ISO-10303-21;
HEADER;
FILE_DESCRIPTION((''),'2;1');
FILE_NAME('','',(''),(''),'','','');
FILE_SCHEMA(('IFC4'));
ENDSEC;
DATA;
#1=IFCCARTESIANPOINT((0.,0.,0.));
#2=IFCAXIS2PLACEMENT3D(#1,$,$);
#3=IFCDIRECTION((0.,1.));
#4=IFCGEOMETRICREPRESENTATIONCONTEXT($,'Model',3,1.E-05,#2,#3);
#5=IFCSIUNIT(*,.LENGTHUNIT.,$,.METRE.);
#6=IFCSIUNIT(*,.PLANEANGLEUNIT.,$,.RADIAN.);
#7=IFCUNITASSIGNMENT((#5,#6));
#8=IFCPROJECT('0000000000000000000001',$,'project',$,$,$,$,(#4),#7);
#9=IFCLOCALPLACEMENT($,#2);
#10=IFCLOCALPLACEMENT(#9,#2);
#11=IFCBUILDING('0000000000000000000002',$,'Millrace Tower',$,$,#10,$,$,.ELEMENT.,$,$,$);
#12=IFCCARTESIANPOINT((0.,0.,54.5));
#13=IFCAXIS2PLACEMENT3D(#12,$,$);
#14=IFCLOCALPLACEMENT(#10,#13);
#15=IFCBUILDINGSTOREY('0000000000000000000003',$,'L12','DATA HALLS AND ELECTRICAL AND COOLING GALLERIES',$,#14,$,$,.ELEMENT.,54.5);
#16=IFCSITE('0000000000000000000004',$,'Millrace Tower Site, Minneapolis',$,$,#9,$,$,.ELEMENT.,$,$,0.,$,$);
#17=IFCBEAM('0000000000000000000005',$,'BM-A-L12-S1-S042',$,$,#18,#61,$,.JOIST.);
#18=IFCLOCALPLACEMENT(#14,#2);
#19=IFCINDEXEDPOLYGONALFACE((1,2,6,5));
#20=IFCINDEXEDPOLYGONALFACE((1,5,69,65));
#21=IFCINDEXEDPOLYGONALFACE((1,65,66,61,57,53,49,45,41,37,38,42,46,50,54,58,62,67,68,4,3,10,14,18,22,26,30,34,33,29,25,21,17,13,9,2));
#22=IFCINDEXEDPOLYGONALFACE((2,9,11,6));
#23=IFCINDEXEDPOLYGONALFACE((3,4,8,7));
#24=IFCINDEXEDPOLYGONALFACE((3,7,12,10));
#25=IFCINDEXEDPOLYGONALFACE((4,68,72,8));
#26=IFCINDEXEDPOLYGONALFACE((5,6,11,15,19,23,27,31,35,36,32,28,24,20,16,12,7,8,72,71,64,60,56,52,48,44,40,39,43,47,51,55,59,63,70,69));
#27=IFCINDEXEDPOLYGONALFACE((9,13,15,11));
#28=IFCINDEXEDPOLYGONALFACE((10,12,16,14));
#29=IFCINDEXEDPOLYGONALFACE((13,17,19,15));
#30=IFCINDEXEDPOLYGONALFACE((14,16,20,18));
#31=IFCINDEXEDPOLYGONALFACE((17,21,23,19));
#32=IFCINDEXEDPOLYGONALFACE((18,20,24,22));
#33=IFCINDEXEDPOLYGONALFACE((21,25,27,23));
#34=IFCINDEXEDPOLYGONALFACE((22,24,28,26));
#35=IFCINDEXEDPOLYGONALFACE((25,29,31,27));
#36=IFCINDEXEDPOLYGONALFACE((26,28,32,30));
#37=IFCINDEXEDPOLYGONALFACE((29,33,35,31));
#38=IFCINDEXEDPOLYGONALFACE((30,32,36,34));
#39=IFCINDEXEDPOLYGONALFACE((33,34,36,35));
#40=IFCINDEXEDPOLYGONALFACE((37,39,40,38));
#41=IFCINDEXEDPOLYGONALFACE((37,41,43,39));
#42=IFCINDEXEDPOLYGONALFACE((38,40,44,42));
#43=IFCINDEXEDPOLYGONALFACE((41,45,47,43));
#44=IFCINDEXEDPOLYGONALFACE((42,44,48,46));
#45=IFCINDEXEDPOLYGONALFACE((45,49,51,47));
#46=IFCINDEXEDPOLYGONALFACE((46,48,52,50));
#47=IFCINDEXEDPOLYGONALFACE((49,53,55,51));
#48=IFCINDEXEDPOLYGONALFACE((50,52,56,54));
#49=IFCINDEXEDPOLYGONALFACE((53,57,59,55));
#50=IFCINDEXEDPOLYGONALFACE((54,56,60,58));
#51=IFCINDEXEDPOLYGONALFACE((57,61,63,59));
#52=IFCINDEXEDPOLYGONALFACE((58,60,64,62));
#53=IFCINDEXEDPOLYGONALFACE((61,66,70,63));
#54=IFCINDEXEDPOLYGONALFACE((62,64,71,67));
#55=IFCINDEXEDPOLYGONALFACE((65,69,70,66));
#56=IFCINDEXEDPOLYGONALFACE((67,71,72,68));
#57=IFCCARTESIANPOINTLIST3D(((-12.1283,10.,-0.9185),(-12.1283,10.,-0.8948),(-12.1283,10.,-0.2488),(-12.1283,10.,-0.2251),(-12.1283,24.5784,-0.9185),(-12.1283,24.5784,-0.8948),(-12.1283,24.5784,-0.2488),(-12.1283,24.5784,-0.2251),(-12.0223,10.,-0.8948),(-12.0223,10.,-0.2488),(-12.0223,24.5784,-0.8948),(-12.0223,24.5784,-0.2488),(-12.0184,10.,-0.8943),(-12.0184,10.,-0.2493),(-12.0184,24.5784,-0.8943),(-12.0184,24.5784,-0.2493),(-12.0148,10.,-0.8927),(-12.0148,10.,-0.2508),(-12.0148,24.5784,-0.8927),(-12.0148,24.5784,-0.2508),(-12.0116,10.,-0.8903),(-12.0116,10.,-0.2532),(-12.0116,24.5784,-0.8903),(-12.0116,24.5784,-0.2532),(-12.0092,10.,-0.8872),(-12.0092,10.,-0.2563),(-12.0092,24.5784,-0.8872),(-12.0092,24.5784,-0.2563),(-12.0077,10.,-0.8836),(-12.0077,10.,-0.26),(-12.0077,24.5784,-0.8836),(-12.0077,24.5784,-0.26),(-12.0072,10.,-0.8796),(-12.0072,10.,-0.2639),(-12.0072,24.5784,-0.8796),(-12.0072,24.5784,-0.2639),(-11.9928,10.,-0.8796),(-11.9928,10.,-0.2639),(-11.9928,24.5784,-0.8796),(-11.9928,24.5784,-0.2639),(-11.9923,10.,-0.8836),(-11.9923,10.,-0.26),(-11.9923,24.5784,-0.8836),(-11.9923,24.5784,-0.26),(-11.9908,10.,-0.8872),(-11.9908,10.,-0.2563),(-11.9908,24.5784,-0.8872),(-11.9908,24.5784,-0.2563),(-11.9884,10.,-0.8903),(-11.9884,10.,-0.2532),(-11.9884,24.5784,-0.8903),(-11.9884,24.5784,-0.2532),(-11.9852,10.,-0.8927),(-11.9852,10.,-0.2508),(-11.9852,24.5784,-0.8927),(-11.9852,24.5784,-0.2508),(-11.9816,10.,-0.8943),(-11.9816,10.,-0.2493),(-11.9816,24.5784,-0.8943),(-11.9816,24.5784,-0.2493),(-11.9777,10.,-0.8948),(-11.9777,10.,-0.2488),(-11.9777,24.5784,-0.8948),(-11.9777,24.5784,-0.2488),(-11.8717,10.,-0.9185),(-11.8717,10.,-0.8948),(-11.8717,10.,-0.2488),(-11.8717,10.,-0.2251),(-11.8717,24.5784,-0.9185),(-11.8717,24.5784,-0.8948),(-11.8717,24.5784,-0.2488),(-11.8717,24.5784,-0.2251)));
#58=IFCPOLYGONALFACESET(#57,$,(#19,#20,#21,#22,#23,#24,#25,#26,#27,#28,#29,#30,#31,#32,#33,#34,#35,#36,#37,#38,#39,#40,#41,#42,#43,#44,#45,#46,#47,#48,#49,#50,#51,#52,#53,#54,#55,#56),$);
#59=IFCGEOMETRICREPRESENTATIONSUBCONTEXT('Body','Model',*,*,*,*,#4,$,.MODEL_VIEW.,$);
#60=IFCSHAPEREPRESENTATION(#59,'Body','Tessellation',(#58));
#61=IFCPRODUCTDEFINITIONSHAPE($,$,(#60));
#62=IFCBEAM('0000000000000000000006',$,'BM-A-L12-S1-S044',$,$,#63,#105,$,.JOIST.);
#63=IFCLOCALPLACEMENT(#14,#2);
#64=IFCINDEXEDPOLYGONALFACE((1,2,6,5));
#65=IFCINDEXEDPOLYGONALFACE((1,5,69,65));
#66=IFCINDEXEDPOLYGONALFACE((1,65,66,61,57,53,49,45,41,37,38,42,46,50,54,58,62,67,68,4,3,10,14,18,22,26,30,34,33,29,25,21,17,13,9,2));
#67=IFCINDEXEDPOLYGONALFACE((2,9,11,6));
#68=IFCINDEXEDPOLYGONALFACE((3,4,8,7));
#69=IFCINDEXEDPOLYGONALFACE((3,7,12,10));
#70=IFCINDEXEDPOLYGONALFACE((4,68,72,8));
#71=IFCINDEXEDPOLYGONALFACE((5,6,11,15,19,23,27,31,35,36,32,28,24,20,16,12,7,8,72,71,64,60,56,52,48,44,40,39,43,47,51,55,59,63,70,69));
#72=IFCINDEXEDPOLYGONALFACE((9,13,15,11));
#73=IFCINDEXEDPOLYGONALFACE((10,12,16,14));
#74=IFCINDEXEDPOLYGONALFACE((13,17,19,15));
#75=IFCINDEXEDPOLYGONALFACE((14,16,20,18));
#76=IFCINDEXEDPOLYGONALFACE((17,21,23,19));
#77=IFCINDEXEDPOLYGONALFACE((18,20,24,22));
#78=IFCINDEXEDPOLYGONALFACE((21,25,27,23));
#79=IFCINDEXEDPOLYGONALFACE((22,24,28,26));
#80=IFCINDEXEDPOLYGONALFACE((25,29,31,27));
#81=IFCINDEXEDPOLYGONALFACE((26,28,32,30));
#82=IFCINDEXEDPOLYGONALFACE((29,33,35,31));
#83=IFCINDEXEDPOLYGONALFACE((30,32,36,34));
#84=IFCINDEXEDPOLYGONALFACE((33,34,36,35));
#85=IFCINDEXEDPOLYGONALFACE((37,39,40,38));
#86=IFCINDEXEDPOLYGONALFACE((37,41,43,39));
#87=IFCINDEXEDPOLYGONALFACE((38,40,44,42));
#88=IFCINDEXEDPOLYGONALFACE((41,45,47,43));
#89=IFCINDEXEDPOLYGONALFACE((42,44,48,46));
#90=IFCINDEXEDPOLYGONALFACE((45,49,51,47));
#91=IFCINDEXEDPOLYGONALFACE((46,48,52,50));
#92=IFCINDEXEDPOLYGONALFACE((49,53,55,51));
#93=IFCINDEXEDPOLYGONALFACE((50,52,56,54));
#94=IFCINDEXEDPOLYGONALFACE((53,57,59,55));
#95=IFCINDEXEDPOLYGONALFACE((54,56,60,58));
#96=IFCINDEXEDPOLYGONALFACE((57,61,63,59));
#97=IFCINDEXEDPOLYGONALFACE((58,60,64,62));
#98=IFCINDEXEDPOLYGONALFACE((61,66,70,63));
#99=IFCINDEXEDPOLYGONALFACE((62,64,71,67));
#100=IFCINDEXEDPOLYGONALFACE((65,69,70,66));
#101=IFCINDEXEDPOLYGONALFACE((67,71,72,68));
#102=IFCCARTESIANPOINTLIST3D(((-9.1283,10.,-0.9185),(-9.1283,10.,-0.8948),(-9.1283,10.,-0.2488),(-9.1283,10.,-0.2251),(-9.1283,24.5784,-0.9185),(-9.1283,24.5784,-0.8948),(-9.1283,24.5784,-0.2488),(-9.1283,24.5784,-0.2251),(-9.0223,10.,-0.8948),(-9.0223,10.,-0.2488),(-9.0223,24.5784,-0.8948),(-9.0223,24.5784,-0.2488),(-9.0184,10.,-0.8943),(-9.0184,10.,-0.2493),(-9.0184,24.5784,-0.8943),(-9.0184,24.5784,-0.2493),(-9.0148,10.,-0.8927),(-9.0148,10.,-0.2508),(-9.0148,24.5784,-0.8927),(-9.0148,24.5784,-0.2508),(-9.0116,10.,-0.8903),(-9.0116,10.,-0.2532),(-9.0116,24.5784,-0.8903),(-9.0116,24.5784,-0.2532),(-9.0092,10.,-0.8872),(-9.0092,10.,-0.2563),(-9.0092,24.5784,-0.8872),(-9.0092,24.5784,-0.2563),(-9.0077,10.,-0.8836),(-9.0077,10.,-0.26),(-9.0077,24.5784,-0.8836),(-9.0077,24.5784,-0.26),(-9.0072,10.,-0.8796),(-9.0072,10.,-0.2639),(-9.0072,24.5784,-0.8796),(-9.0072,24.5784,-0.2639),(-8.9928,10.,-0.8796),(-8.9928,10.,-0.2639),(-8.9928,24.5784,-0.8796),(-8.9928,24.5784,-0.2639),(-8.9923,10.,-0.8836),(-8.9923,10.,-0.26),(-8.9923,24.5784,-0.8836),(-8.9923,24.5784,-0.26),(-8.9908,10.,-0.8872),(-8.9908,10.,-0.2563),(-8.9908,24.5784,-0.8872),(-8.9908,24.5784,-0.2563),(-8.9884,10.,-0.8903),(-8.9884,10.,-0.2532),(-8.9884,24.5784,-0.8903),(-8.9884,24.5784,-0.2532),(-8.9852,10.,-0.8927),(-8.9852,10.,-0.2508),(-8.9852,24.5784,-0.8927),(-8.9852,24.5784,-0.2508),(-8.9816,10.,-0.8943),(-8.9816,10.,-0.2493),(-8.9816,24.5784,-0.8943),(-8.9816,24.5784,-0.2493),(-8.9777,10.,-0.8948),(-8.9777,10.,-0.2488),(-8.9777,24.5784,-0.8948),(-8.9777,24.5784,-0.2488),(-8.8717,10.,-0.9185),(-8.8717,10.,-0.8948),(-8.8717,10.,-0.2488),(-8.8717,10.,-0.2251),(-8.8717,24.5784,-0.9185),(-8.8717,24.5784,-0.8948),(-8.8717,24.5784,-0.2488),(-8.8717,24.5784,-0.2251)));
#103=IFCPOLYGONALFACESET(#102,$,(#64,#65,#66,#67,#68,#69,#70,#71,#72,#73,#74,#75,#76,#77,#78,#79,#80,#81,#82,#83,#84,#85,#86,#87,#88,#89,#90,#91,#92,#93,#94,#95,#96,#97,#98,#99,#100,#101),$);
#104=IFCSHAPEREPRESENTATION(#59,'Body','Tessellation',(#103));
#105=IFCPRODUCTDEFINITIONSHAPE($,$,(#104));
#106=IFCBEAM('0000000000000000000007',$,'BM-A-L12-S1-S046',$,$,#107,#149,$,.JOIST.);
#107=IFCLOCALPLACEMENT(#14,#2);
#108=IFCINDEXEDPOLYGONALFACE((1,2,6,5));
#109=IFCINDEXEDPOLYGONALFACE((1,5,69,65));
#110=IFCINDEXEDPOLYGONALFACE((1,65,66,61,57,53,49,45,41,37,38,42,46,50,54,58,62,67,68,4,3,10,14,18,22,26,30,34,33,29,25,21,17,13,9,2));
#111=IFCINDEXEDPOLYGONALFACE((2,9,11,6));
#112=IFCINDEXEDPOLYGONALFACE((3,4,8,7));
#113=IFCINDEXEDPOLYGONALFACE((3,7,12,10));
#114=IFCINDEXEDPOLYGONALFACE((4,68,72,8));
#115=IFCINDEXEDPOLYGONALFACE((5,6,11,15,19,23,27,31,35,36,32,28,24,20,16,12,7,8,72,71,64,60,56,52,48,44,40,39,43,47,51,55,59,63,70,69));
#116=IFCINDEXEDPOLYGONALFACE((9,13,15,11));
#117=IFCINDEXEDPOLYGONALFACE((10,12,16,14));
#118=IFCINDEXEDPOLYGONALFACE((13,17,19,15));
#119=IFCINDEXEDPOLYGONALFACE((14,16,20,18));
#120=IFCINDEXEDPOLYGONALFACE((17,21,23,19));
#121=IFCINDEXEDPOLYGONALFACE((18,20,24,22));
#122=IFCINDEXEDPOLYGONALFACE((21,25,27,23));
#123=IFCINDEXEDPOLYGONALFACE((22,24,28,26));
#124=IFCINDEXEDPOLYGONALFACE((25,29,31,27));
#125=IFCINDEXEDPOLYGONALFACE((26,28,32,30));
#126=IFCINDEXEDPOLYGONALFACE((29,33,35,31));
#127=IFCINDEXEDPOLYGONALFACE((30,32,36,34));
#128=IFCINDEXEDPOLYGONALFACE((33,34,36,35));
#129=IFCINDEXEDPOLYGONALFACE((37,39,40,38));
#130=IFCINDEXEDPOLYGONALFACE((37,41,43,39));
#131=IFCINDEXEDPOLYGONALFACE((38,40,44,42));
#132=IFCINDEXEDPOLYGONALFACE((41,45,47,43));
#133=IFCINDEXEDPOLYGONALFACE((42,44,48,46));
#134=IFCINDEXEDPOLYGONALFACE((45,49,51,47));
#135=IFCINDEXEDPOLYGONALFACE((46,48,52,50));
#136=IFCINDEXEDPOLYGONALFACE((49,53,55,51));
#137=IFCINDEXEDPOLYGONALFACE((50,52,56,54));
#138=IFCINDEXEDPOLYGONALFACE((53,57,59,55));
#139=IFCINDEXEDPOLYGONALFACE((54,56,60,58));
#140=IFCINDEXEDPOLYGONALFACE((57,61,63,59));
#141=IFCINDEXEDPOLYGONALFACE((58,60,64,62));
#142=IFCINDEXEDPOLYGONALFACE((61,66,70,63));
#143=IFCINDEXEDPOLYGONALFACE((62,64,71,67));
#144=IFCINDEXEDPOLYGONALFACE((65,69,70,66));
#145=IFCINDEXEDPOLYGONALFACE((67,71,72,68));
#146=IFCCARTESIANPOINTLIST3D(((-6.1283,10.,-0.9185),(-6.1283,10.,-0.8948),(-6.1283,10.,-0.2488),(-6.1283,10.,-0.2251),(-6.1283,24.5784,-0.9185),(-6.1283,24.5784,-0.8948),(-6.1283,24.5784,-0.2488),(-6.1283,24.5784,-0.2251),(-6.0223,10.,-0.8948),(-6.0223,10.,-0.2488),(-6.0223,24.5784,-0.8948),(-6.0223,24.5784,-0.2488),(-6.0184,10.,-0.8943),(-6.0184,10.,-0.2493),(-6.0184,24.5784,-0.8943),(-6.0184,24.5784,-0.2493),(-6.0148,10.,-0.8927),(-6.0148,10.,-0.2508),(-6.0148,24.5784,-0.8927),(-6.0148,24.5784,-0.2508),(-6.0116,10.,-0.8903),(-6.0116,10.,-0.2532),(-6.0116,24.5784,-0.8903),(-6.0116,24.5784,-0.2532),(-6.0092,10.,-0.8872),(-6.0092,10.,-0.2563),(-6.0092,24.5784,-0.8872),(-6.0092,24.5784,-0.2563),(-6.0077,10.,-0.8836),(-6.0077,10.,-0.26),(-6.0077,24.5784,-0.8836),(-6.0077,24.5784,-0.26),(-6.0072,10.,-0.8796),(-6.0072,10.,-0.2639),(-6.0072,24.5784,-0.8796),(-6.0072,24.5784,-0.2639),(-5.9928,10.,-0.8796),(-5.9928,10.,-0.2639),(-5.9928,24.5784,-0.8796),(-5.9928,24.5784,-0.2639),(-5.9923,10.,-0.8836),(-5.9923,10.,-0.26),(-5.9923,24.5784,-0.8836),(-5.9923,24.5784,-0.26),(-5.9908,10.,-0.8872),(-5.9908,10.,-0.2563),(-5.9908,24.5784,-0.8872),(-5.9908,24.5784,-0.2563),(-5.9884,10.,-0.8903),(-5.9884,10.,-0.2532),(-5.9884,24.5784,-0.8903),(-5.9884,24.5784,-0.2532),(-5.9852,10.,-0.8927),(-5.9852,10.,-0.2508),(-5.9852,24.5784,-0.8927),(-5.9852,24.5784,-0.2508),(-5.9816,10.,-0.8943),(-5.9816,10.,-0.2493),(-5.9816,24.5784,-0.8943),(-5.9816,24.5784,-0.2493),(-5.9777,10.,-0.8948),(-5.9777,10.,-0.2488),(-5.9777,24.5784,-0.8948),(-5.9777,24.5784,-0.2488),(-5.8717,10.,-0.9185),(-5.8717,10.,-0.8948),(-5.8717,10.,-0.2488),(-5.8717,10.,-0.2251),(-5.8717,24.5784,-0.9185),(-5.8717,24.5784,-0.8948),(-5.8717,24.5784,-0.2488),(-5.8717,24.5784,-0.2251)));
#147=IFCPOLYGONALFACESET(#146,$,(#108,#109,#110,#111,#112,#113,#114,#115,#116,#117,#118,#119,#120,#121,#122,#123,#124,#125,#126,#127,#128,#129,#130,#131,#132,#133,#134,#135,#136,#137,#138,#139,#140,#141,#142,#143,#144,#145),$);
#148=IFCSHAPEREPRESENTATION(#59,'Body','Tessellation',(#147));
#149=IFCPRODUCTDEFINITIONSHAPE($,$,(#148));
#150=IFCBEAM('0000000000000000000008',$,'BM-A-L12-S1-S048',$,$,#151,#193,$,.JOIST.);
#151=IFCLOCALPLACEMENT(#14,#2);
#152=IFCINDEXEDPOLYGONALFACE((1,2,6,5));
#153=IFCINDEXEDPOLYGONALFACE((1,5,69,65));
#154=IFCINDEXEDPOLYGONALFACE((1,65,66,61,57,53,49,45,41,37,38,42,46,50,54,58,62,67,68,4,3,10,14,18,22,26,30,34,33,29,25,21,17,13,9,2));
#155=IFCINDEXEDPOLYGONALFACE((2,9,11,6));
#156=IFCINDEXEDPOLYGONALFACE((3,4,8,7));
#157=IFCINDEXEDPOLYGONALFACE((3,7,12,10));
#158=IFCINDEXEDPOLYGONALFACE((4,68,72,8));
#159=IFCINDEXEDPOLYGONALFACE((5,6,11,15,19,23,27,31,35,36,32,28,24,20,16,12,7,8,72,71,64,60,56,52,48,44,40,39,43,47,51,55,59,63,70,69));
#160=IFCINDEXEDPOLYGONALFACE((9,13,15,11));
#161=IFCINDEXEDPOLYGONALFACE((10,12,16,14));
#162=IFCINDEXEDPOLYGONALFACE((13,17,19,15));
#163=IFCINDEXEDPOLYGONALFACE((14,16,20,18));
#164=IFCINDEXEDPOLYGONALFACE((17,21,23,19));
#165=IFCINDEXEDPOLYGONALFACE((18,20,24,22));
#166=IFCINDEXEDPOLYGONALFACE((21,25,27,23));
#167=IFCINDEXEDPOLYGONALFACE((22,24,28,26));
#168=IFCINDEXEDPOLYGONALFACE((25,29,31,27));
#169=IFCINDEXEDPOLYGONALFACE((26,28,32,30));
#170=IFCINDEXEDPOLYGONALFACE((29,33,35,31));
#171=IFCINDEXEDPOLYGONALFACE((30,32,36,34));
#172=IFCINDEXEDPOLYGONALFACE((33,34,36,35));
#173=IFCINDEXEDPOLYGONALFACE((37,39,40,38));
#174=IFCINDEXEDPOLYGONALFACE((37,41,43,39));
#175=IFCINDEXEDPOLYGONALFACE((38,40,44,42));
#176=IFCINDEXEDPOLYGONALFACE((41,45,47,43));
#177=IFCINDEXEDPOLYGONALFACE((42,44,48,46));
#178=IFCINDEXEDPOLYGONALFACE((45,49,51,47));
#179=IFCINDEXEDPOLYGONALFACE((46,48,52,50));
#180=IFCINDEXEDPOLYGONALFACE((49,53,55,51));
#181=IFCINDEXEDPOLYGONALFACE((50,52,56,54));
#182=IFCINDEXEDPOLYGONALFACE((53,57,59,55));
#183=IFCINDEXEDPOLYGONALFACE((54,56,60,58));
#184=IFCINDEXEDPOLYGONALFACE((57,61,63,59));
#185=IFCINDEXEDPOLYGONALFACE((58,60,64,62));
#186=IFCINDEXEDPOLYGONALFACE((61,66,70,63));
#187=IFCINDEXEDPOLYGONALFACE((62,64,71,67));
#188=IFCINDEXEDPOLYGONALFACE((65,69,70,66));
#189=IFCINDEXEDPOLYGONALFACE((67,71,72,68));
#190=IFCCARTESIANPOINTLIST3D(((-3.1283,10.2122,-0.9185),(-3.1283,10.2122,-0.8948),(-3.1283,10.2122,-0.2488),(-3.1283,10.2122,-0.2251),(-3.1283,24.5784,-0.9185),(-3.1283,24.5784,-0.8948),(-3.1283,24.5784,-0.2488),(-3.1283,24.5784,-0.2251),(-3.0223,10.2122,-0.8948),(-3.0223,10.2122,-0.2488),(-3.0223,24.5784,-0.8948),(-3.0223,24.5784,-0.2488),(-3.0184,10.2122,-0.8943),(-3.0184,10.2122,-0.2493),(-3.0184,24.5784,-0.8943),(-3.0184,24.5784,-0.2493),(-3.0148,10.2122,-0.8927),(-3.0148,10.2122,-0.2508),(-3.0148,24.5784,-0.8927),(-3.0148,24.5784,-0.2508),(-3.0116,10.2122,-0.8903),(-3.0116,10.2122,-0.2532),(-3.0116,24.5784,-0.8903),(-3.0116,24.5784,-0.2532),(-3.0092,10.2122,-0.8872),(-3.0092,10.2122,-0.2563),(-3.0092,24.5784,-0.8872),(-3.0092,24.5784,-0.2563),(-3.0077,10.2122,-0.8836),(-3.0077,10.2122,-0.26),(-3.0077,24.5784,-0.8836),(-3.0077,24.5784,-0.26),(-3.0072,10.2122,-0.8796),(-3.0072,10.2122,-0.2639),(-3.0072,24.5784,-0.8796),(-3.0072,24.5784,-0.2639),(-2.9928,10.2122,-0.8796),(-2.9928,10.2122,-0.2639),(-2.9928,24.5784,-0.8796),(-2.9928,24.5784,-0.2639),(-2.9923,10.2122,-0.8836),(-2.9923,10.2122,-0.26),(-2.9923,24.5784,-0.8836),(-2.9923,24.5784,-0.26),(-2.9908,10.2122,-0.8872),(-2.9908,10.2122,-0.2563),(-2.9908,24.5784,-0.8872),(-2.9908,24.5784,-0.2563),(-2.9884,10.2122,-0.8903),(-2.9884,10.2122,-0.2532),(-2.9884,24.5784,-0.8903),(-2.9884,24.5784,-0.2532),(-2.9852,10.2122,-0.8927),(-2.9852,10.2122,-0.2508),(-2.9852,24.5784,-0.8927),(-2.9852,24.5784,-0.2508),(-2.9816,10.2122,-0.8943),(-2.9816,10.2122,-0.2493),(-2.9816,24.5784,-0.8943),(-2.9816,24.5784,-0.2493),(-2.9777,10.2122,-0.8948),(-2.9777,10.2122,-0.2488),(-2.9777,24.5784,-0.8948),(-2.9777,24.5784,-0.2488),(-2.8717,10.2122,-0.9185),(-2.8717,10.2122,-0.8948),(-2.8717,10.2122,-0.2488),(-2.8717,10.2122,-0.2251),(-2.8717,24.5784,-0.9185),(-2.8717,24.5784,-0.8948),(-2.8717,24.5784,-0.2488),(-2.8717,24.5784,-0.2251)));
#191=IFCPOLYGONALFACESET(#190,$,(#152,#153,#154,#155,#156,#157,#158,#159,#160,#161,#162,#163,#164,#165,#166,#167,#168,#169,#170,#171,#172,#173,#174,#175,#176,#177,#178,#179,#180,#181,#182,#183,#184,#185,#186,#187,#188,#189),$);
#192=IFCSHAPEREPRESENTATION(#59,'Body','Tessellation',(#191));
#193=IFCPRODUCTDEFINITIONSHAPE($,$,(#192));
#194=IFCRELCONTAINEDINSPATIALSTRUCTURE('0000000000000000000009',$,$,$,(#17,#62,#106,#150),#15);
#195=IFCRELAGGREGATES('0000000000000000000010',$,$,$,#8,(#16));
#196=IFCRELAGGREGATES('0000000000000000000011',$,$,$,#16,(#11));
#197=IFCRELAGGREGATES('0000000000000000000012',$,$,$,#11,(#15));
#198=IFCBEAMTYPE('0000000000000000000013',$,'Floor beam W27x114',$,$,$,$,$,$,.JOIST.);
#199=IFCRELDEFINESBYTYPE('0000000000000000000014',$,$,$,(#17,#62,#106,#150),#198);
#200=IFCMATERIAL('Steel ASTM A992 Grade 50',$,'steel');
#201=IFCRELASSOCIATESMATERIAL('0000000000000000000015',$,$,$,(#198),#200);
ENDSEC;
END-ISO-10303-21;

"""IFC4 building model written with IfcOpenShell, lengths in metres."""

from ifc_helpers import new_model, si_unit, direction, frame, origin, origin_2d, place, context, subcontext, project, spatial, i_section, extrude, material, material_profile, profile_set, type_object, element, save


model = new_model("IFC4")

# Units and contexts
model_context = context("Model", 3, precision=1e-05, world=origin(), true_north=direction((0.0, 1.0)))
body_context = subcontext(model_context, "Body", "Model", "MODEL_VIEW")
ifc_project = project(units=[si_unit("LENGTHUNIT", "METRE"), si_unit("PLANEANGLEUNIT", "RADIAN")], contexts=[model_context])

# Site, building, storey
site_placement = place(None, origin())
site = spatial("IfcSite", under=ifc_project, at=site_placement, Name="Millrace Tower Site, Minneapolis", CompositionType="ELEMENT", RefElevation=0.0)
building_placement = place(site_placement, origin())
building = spatial("IfcBuilding", under=site, at=building_placement, Name="Millrace Tower", CompositionType="ELEMENT")
storey_placement = place(building_placement, frame((0.0, 0.0, 54.5)))
storey = spatial("IfcBuildingStorey", under=building, at=storey_placement, Name="L12", Description="DATA HALLS AND ELECTRICAL AND COOLING GALLERIES", CompositionType="ELEMENT", Elevation=54.5)

# Beams
ifc_material_1 = material(Name="Steel ASTM A992 Grade 50", Category="steel")
ifc_material_profile_1 = material_profile(ifc_material_1, i_section(OverallWidth=0.2566, OverallDepth=0.6934, WebThickness=0.0144, FlangeThickness=0.0237, FilletRadius=0.0151, at=origin_2d()))
ifc_profile_set_1 = profile_set([ifc_material_profile_1], Name="Steel ASTM A992 Grade 50")
beam_type_1 = type_object("IfcBeamType", Name="Floor beam W27x114", PredefinedType="JOIST", material=ifc_profile_set_1)
for number, where, z_axis, x_axis, name in (
    (1, (-12.0, 10.0, -0.5718), (0.0, 1.0, 0.0), (-1.0, 0.0, 0.0), "BM-A-L12-S1-S042"),
    (2, (-9.0, 10.0, -0.5718), (0.0, 1.0, 0.0), (-1.0, 0.0, 0.0), "BM-A-L12-S1-S044"),
    (3, (-6.0, 10.0, -0.5718), (0.0, 1.0, 0.0), (-1.0, 0.0, 0.0), "BM-A-L12-S1-S046"),
):
    element("IfcBeam", number, at=place(storey_placement, frame(where, z_axis=z_axis, x_axis=x_axis)), inside=storey, type_object=beam_type_1, Name=name, PredefinedType="JOIST", context=body_context, shape_type="SweptSolid", body=[
        extrude(i_section(OverallWidth=0.2566, OverallDepth=0.6934, WebThickness=0.0144, FlangeThickness=0.0237, FilletRadius=0.0151, at=origin_2d()), origin(), (0.0, 0.0, 1.0), 14.5784),
    ])
for number, where, z_axis, x_axis, name in (
    (4, (-3.0, 10.2122, -0.5718), (0.0, 1.0, 0.0), (-1.0, 0.0, 0.0), "BM-A-L12-S1-S048"),
):
    element("IfcBeam", number, at=place(storey_placement, frame(where, z_axis=z_axis, x_axis=x_axis)), inside=storey, type_object=beam_type_1, Name=name, PredefinedType="JOIST", context=body_context, shape_type="SweptSolid", body=[
        extrude(i_section(OverallWidth=0.2566, OverallDepth=0.6934, WebThickness=0.0144, FlangeThickness=0.0237, FilletRadius=0.0151, at=origin_2d()), origin(), (0.0, 0.0, 1.0), 14.3662),
    ])

save(model, "model.ifc")
